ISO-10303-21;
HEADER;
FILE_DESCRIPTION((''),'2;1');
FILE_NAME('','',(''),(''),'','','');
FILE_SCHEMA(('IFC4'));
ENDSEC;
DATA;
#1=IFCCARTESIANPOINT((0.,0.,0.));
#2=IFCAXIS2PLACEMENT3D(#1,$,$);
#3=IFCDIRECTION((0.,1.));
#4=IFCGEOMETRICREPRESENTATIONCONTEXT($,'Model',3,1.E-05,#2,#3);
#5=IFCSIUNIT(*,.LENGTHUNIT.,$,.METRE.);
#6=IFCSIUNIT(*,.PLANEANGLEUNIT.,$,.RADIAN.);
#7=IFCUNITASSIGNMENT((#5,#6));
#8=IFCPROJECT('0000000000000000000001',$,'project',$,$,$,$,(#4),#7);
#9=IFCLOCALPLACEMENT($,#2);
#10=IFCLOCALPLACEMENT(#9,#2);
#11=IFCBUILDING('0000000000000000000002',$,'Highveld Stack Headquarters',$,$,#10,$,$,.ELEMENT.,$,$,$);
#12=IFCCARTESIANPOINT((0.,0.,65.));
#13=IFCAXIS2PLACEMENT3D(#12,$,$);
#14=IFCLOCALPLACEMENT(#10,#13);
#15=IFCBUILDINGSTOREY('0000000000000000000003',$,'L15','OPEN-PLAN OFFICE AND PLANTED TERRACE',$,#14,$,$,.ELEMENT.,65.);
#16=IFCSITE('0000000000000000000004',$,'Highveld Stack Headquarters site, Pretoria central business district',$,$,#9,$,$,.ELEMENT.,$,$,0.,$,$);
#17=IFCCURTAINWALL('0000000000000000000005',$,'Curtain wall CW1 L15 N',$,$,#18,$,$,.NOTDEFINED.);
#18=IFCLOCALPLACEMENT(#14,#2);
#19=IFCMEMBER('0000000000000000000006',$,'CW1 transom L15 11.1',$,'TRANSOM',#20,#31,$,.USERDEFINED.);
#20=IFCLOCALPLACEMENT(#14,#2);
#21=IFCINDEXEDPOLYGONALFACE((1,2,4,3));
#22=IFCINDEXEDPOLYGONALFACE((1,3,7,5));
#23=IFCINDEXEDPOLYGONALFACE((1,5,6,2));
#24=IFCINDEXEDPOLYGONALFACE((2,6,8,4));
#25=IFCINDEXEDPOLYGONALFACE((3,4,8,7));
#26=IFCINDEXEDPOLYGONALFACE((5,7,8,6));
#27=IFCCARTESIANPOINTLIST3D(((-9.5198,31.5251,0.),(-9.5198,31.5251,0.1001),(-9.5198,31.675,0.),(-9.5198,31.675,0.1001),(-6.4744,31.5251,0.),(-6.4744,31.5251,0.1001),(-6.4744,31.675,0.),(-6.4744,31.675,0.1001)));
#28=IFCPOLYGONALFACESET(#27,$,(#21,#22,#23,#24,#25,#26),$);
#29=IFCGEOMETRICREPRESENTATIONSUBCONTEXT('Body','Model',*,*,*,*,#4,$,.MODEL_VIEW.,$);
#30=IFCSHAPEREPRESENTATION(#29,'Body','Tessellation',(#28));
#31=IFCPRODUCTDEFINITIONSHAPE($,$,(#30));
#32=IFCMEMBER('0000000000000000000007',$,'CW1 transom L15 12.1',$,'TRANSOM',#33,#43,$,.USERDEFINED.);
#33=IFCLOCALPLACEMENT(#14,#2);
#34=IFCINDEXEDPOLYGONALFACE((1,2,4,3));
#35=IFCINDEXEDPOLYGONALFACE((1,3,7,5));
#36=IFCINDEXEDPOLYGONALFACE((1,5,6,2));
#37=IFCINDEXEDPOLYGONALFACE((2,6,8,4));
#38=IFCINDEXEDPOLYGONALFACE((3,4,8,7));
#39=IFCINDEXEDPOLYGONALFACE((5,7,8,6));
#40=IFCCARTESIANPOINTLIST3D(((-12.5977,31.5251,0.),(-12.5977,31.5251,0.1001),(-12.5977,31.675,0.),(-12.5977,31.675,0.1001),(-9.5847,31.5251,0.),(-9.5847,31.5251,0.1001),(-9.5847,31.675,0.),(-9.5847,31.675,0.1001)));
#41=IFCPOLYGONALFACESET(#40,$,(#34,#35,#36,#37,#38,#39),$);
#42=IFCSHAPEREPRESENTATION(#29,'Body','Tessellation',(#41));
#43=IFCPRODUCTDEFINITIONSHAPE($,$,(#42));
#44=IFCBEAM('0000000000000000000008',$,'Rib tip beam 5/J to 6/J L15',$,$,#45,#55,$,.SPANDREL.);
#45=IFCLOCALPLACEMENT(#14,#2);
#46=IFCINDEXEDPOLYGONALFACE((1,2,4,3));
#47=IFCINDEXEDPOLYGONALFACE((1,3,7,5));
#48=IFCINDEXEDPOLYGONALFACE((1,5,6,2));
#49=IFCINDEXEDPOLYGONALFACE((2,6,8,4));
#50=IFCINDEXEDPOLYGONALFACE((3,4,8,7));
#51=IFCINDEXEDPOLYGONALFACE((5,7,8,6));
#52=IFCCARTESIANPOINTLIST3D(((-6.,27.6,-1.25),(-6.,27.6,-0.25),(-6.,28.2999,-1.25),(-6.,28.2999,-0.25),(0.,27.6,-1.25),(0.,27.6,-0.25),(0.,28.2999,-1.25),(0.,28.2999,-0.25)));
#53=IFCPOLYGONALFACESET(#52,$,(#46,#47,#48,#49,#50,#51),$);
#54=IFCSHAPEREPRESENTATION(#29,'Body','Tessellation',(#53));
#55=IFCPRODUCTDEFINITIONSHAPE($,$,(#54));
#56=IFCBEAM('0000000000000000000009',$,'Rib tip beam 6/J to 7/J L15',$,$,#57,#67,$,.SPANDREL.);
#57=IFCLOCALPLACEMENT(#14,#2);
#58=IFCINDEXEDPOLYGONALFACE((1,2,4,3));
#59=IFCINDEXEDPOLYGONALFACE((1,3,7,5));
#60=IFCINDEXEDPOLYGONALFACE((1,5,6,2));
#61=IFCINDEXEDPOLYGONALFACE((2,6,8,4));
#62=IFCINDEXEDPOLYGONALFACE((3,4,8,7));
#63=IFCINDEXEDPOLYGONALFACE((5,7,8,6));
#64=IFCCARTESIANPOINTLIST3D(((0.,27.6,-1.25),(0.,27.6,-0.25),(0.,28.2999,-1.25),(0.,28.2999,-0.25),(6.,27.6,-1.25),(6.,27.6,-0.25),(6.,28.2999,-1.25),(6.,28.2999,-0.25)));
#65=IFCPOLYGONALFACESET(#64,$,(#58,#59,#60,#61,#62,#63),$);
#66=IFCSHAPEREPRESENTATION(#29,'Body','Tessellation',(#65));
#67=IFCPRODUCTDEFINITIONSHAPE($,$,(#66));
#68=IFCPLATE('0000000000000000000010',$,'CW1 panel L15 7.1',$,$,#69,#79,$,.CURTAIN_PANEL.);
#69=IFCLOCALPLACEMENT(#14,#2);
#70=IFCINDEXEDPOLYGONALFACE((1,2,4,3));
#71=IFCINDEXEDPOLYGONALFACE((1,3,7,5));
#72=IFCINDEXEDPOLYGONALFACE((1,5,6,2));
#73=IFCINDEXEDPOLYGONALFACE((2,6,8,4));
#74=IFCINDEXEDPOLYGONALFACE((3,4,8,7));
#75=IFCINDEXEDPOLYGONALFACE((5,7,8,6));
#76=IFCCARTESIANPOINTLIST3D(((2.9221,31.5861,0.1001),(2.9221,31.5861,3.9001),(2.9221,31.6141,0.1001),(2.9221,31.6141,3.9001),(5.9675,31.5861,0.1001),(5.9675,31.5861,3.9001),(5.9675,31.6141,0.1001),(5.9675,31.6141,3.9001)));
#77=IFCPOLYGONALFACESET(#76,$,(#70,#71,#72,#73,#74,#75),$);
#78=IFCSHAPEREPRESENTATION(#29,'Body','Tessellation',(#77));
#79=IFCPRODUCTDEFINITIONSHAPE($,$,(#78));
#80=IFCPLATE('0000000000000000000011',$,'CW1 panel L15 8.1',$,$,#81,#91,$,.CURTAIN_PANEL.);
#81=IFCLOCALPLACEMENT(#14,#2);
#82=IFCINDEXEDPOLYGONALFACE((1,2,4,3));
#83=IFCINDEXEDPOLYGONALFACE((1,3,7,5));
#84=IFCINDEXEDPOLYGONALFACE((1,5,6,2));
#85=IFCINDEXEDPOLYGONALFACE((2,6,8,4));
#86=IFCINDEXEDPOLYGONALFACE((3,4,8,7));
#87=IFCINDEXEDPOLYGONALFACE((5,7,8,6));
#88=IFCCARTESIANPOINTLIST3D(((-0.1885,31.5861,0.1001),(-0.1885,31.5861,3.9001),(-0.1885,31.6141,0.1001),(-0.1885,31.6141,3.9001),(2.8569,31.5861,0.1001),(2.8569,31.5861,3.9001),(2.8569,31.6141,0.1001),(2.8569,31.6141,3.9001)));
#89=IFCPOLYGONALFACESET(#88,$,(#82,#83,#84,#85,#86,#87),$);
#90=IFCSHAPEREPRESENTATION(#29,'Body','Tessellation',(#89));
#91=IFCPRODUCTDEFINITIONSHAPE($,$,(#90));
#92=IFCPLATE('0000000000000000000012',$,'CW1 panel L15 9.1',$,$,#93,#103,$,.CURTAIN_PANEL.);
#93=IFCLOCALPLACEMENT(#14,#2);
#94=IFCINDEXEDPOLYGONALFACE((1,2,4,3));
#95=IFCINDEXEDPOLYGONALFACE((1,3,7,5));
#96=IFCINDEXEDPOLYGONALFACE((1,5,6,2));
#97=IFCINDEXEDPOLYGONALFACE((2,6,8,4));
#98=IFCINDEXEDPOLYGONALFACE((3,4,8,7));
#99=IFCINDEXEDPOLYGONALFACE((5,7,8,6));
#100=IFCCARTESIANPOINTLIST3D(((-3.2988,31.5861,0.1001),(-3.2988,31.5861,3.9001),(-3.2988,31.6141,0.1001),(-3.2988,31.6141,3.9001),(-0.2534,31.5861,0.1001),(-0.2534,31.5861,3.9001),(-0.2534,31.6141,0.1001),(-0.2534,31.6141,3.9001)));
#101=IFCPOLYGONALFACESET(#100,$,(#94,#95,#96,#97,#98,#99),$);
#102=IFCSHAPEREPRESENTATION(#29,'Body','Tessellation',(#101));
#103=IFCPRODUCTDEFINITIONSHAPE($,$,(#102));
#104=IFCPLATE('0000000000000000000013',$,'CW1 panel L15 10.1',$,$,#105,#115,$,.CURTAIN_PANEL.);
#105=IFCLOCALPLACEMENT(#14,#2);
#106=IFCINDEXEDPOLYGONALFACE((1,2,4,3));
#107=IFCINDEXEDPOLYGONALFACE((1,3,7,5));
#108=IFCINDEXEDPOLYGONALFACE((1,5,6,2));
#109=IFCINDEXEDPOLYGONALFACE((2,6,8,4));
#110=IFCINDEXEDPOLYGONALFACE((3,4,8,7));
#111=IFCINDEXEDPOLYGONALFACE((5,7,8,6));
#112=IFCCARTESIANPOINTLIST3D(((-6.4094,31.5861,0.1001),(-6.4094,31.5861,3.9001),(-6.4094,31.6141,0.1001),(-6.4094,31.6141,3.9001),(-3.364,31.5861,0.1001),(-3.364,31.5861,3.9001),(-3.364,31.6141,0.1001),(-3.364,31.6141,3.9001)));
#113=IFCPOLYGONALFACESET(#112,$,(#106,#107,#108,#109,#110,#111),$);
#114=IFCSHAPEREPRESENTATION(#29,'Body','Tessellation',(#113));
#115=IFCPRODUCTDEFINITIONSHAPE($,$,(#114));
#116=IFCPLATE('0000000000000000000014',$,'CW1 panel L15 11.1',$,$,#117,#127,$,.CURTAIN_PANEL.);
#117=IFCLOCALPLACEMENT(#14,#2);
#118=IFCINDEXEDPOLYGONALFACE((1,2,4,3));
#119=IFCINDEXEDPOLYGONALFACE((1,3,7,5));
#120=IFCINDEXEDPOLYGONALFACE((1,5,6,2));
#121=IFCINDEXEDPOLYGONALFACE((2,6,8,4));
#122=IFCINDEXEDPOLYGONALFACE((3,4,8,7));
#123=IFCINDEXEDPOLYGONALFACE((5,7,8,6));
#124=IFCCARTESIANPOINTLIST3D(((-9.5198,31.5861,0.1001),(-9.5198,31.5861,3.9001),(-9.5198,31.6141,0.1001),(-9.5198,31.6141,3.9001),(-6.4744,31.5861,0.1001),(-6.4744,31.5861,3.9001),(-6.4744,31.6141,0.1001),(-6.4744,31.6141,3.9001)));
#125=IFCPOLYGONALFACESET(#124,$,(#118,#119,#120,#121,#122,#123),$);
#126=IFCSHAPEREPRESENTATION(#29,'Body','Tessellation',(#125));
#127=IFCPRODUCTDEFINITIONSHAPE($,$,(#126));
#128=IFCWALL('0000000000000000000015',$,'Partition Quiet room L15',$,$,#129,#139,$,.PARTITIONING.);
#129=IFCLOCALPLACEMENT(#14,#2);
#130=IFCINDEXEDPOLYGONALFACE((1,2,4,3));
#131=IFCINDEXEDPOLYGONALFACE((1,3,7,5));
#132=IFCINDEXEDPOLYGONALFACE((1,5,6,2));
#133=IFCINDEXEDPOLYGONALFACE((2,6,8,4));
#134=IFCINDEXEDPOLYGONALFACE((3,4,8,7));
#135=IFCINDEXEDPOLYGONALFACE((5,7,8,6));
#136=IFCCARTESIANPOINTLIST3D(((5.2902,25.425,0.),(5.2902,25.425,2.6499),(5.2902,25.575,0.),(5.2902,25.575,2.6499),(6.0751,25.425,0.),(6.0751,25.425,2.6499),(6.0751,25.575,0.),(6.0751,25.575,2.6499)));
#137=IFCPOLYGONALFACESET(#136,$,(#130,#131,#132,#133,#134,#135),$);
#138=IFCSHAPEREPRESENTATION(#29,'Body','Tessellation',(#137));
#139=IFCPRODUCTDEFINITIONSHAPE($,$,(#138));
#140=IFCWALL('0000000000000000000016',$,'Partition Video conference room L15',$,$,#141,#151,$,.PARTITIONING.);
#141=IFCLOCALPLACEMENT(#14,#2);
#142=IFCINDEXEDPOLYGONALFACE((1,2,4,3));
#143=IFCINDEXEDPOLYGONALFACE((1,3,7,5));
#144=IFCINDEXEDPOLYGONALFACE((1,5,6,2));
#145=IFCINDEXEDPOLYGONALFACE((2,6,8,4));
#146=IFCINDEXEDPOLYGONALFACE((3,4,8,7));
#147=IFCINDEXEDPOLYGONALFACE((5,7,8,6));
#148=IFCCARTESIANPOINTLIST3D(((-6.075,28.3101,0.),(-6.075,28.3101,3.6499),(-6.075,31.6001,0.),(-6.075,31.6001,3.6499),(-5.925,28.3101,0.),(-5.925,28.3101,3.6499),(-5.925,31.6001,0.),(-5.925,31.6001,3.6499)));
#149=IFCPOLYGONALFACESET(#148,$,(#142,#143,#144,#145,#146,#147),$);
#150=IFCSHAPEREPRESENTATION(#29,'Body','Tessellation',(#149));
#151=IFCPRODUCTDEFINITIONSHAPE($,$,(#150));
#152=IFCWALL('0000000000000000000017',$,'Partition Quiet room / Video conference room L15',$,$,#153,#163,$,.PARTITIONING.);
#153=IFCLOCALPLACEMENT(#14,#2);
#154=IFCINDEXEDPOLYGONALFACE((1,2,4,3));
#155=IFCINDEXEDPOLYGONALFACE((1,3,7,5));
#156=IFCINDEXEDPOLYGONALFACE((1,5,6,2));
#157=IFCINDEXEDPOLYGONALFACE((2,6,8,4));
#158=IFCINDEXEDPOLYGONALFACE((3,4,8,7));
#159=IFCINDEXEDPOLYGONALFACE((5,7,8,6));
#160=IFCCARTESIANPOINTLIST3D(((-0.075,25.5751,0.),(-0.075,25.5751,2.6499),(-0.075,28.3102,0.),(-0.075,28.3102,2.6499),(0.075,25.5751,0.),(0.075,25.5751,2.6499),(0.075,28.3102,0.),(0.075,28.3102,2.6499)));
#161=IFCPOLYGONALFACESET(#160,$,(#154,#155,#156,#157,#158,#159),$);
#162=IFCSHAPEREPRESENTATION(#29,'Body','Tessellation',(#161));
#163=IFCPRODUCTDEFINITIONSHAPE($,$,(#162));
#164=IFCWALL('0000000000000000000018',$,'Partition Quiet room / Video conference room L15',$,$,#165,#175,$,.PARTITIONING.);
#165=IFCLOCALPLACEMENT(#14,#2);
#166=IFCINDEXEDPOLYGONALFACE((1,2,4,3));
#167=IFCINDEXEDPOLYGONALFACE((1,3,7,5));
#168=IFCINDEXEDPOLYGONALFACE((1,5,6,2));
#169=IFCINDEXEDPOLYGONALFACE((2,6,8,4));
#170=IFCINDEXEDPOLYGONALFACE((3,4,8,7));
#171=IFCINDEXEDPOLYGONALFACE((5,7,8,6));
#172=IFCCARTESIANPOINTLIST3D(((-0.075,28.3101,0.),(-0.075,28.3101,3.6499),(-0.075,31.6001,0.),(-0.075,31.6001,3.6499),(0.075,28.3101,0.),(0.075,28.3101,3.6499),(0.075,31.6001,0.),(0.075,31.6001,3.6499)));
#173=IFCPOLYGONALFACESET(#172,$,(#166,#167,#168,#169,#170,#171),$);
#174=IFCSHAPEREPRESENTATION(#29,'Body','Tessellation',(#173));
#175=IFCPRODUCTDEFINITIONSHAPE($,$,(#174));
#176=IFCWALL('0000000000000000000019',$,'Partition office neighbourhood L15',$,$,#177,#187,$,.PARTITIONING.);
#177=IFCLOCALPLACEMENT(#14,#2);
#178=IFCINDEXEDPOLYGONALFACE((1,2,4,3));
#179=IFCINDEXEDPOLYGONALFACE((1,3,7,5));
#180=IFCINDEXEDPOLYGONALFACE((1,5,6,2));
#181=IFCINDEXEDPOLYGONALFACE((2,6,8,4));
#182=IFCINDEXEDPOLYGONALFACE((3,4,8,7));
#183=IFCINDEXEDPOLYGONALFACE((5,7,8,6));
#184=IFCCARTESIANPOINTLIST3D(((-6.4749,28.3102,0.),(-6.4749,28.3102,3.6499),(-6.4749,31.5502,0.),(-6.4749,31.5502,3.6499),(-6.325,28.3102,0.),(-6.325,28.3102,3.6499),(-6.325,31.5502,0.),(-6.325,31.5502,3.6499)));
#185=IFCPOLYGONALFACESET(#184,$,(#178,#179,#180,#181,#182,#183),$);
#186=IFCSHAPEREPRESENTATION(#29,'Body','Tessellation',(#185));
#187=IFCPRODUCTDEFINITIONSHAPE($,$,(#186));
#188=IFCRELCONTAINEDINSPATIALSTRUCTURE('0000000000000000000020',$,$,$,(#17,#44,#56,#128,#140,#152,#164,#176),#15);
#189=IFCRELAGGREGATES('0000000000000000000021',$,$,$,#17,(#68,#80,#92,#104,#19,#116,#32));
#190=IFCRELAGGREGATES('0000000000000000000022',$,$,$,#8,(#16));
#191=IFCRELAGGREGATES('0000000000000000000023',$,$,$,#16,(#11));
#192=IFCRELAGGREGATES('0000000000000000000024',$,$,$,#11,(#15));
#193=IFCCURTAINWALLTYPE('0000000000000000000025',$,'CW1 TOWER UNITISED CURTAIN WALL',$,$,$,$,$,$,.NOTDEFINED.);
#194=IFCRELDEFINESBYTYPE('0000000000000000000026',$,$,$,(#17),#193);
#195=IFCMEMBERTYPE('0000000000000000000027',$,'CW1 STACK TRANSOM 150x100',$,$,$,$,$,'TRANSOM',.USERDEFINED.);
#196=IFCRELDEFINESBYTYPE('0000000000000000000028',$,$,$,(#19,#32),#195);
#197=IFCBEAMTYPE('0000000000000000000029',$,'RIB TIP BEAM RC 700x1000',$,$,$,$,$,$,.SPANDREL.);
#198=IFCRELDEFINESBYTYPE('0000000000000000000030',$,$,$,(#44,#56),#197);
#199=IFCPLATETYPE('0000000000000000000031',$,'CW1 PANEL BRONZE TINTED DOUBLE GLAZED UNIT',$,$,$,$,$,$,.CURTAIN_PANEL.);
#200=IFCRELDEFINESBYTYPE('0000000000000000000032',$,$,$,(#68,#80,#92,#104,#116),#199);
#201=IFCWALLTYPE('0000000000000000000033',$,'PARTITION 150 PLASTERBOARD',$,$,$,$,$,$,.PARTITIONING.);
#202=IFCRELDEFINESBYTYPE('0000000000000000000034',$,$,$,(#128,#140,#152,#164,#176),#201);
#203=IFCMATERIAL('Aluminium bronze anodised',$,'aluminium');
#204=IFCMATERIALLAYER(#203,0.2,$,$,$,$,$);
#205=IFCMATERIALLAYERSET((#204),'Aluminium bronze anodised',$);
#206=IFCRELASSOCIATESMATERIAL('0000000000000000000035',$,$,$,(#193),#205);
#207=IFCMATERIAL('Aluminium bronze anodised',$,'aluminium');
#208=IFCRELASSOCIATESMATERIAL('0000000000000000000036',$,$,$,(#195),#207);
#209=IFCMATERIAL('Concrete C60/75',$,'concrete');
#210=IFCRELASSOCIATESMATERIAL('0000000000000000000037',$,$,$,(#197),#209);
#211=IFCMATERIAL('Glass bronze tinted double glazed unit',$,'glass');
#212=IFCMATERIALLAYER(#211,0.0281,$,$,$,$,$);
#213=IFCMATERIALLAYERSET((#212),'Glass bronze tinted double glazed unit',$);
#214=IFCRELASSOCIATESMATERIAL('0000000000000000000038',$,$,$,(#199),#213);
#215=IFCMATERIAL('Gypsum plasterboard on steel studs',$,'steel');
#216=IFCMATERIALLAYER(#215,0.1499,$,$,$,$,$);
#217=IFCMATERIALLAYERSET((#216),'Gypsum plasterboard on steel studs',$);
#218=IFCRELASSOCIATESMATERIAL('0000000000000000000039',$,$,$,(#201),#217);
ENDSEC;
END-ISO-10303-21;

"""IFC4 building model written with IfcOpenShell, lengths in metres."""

from ifc_helpers import new_model, si_unit, direction, frame, frame_2d, origin, origin_2d, place, context, subcontext, project, spatial, rectangle, extrude, material, layer, layer_set, material_profile, profile_set, type_object, element, aggregate, save


model = new_model("IFC4")

# Units and contexts
model_context = context("Model", 3, precision=1e-05, world=origin(), true_north=direction((0.0, 1.0)))
body_context = subcontext(model_context, "Body", "Model", "MODEL_VIEW")
ifc_project = project(units=[si_unit("LENGTHUNIT", "METRE"), si_unit("PLANEANGLEUNIT", "RADIAN")], contexts=[model_context])

# Site, building, storey
site_placement = place(None, origin())
site = spatial("IfcSite", under=ifc_project, at=site_placement, Name="Highveld Stack Headquarters site, Pretoria central business district", CompositionType="ELEMENT", RefElevation=0.0)
building_placement = place(site_placement, origin())
building = spatial("IfcBuilding", under=site, at=building_placement, Name="Highveld Stack Headquarters", CompositionType="ELEMENT")
storey_placement = place(building_placement, frame((0.0, 0.0, 65.0)))
storey = spatial("IfcBuildingStorey", under=building, at=storey_placement, Name="L15", Description="OPEN-PLAN OFFICE AND PLANTED TERRACE", CompositionType="ELEMENT", Elevation=65.0)

# Curtain wall, members
ifc_material_1 = material(Name="Aluminium bronze anodised", Category="aluminium")
ifc_layer_1 = layer(ifc_material_1, 0.2)
ifc_layer_set_1 = layer_set([ifc_layer_1], Name="Aluminium bronze anodised")
curtain_wall_type = type_object("IfcCurtainWallType", Name="CW1 TOWER UNITISED CURTAIN WALL", PredefinedType="NOTDEFINED", material=ifc_layer_set_1)
curtain_wall_placement = place(storey_placement, origin())
curtain_wall = element("IfcCurtainWall", 1, at=curtain_wall_placement, inside=storey, type_object=curtain_wall_type, Name="Curtain wall CW1 L15 N", PredefinedType="NOTDEFINED")
ifc_material_2 = material(Name="Aluminium bronze anodised", Category="aluminium")
ifc_material_profile_1 = material_profile(ifc_material_2, rectangle(XDim=0.1499, YDim=0.1001, at=origin_2d()), Name="CW1 TRANSOM 150x100")
ifc_profile_set_1 = profile_set([ifc_material_profile_1], Name="Aluminium bronze anodised")
member_type_1 = type_object("IfcMemberType", Name="CW1 STACK TRANSOM 150x100", ElementType="TRANSOM", PredefinedType="USERDEFINED", material=ifc_profile_set_1)
member_1_placement = place(storey_placement, frame((-6.4744, 31.6001, 0.05), z_axis=(-1.0, 0.0, 0.0), x_axis=(0.0, -1.0, 0.0)))
member_1 = element("IfcMember", 2, at=member_1_placement, type_object=member_type_1, Name="CW1 transom L15 11.1", ObjectType="TRANSOM", PredefinedType="USERDEFINED", context=body_context, shape_type="SweptSolid", body=[
    extrude(rectangle(XDim=0.1499, YDim=0.1001, at=origin_2d()), origin(), (0.0, 0.0, 1.0), 3.0454),
])
member_2_placement = place(storey_placement, frame((-9.5847, 31.6001, 0.05), z_axis=(-1.0, 0.0, 0.0), x_axis=(0.0, -1.0, 0.0)))
member_2 = element("IfcMember", 3, at=member_2_placement, type_object=member_type_1, Name="CW1 transom L15 12.1", ObjectType="TRANSOM", PredefinedType="USERDEFINED", context=body_context, shape_type="SweptSolid", body=[
    extrude(rectangle(XDim=0.1499, YDim=0.1001, at=origin_2d()), origin(), (0.0, 0.0, 1.0), 3.0129),
])

# Beams
ifc_material_3 = material(Name="Concrete C60/75", Category="concrete")
ifc_material_profile_2 = material_profile(ifc_material_3, rectangle(XDim=0.7, YDim=1.0, at=origin_2d()), Name="RC 700x1000")
ifc_profile_set_2 = profile_set([ifc_material_profile_2], Name="Concrete C60/75")
beam_type = type_object("IfcBeamType", Name="RIB TIP BEAM RC 700x1000", PredefinedType="SPANDREL", material=ifc_profile_set_2)
for number, where, z_axis, x_axis, name in (
    (4, (-6.0, 27.95, -0.75), (1.0, 0.0, 0.0), (0.0, 1.0, 0.0), "Rib tip beam 5/J to 6/J L15"),
    (5, (0.0, 27.95, -0.75), (1.0, 0.0, 0.0), (0.0, 1.0, 0.0), "Rib tip beam 6/J to 7/J L15"),
):
    element("IfcBeam", number, at=place(storey_placement, frame(where, z_axis=z_axis, x_axis=x_axis)), inside=storey, type_object=beam_type, Name=name, PredefinedType="SPANDREL", context=body_context, shape_type="SweptSolid", body=[
        extrude(rectangle(XDim=0.7, YDim=1.0, at=origin_2d()), origin(), (0.0, 0.0, 1.0), 6.0),
    ])

# Plates
ifc_material_4 = material(Name="Glass bronze tinted double glazed unit", Category="glass")
ifc_layer_2 = layer(ifc_material_4, 0.0281)
ifc_layer_set_2 = layer_set([ifc_layer_2], Name="Glass bronze tinted double glazed unit")
plate_type = type_object("IfcPlateType", Name="CW1 PANEL BRONZE TINTED DOUBLE GLAZED UNIT", PredefinedType="CURTAIN_PANEL", material=ifc_layer_set_2)
plate_1_placement = place(storey_placement, frame((4.4448, 31.6001, 0.1001), z_axis=(0.0, 0.0, 1.0), x_axis=(-1.0, 0.0, 0.0)))
plate_1 = element("IfcPlate", 6, at=plate_1_placement, type_object=plate_type, Name="CW1 panel L15 7.1", PredefinedType="CURTAIN_PANEL", context=body_context, shape_type="SweptSolid", body=[
    extrude(rectangle(XDim=3.0454, YDim=0.0281, at=origin_2d()), origin(), (0.0, 0.0, 1.0), 3.8),
])
plate_2_placement = place(storey_placement, frame((1.3342, 31.6001, 0.1001), z_axis=(0.0, 0.0, 1.0), x_axis=(-1.0, 0.0, 0.0)))
plate_2 = element("IfcPlate", 7, at=plate_2_placement, type_object=plate_type, Name="CW1 panel L15 8.1", PredefinedType="CURTAIN_PANEL", context=body_context, shape_type="SweptSolid", body=[
    extrude(rectangle(XDim=3.0454, YDim=0.0281, at=origin_2d()), origin(), (0.0, 0.0, 1.0), 3.8),
])
plate_3_placement = place(storey_placement, frame((-1.7761, 31.6001, 0.1001), z_axis=(0.0, 0.0, 1.0), x_axis=(-1.0, 0.0, 0.0)))
plate_3 = element("IfcPlate", 8, at=plate_3_placement, type_object=plate_type, Name="CW1 panel L15 9.1", PredefinedType="CURTAIN_PANEL", context=body_context, shape_type="SweptSolid", body=[
    extrude(rectangle(XDim=3.0454, YDim=0.0281, at=origin_2d()), origin(), (0.0, 0.0, 1.0), 3.8),
])
plate_4_placement = place(storey_placement, frame((-4.8867, 31.6001, 0.1001), z_axis=(0.0, 0.0, 1.0), x_axis=(-1.0, 0.0, 0.0)))
plate_4 = element("IfcPlate", 9, at=plate_4_placement, type_object=plate_type, Name="CW1 panel L15 10.1", PredefinedType="CURTAIN_PANEL", context=body_context, shape_type="SweptSolid", body=[
    extrude(rectangle(XDim=3.0454, YDim=0.0281, at=origin_2d()), origin(), (0.0, 0.0, 1.0), 3.8),
])
plate_5_placement = place(storey_placement, frame((-7.9971, 31.6001, 0.1001), z_axis=(0.0, 0.0, 1.0), x_axis=(-1.0, 0.0, 0.0)))
plate_5 = element("IfcPlate", 10, at=plate_5_placement, type_object=plate_type, Name="CW1 panel L15 11.1", PredefinedType="CURTAIN_PANEL", context=body_context, shape_type="SweptSolid", body=[
    extrude(rectangle(XDim=3.0454, YDim=0.0281, at=origin_2d()), origin(), (0.0, 0.0, 1.0), 3.8),
])
aggregate(curtain_wall, [plate_1, plate_2, plate_3, plate_4, member_1, plate_5, member_2])

# Walls
ifc_material_5 = material(Name="Gypsum plasterboard on steel studs", Category="steel")
ifc_layer_3 = layer(ifc_material_5, 0.1499)
ifc_layer_set_3 = layer_set([ifc_layer_3], Name="Gypsum plasterboard on steel studs")
wall_type = type_object("IfcWallType", Name="PARTITION 150 PLASTERBOARD", PredefinedType="PARTITIONING", material=ifc_layer_set_3)
wall_1_placement = place(storey_placement, frame((5.29, 25.5, 0.0), z_axis=(0.0, 0.0, 1.0), x_axis=(1.0, 0.0, 0.0)))
element("IfcWall", 11, at=wall_1_placement, inside=storey, type_object=wall_type, Name="Partition Quiet room L15", PredefinedType="PARTITIONING", context=body_context, shape_type="SweptSolid", body=[
    extrude(rectangle(XDim=0.7849, YDim=0.1499, at=frame_2d((0.3926, 0.0))), origin(), (0.0, 0.0, 1.0), 2.6499),
])
wall_2_placement = place(storey_placement, frame((-6.0, 28.3101, 0.0), z_axis=(0.0, 0.0, 1.0), x_axis=(0.0, 1.0, 0.0)))
element("IfcWall", 12, at=wall_2_placement, inside=storey, type_object=wall_type, Name="Partition Video conference room L15", PredefinedType="PARTITIONING", context=body_context, shape_type="SweptSolid", body=[
    extrude(rectangle(XDim=3.29, YDim=0.1499, at=frame_2d((1.645, 0.0))), origin(), (0.0, 0.0, 1.0), 3.6499),
])
wall_3_placement = place(storey_placement, frame((0.0, 25.575, 0.0), z_axis=(0.0, 0.0, 1.0), x_axis=(0.0, 1.0, 0.0)))
element("IfcWall", 13, at=wall_3_placement, inside=storey, type_object=wall_type, Name="Partition Quiet room / Video conference room L15", PredefinedType="PARTITIONING", context=body_context, shape_type="SweptSolid", body=[
    extrude(rectangle(XDim=2.7351, YDim=0.1499, at=frame_2d((1.3677, 0.0))), origin(), (0.0, 0.0, 1.0), 2.6499),
])
wall_4_placement = place(storey_placement, frame((0.0, 28.3101, 0.0), z_axis=(0.0, 0.0, 1.0), x_axis=(0.0, 1.0, 0.0)))
element("IfcWall", 14, at=wall_4_placement, inside=storey, type_object=wall_type, Name="Partition Quiet room / Video conference room L15", PredefinedType="PARTITIONING", context=body_context, shape_type="SweptSolid", body=[
    extrude(rectangle(XDim=3.29, YDim=0.1499, at=frame_2d((1.645, 0.0))), origin(), (0.0, 0.0, 1.0), 3.6499),
])
wall_5_placement = place(storey_placement, frame((-6.3999, 28.3101, 0.0), z_axis=(0.0, 0.0, 1.0), x_axis=(0.0, 1.0, 0.0)))
element("IfcWall", 15, at=wall_5_placement, inside=storey, type_object=wall_type, Name="Partition office neighbourhood L15", PredefinedType="PARTITIONING", context=body_context, shape_type="SweptSolid", body=[
    extrude(rectangle(XDim=3.24, YDim=0.1499, at=frame_2d((1.6201, 0.0))), origin(), (0.0, 0.0, 1.0), 3.6499),
])

save(model, "model.ifc")
